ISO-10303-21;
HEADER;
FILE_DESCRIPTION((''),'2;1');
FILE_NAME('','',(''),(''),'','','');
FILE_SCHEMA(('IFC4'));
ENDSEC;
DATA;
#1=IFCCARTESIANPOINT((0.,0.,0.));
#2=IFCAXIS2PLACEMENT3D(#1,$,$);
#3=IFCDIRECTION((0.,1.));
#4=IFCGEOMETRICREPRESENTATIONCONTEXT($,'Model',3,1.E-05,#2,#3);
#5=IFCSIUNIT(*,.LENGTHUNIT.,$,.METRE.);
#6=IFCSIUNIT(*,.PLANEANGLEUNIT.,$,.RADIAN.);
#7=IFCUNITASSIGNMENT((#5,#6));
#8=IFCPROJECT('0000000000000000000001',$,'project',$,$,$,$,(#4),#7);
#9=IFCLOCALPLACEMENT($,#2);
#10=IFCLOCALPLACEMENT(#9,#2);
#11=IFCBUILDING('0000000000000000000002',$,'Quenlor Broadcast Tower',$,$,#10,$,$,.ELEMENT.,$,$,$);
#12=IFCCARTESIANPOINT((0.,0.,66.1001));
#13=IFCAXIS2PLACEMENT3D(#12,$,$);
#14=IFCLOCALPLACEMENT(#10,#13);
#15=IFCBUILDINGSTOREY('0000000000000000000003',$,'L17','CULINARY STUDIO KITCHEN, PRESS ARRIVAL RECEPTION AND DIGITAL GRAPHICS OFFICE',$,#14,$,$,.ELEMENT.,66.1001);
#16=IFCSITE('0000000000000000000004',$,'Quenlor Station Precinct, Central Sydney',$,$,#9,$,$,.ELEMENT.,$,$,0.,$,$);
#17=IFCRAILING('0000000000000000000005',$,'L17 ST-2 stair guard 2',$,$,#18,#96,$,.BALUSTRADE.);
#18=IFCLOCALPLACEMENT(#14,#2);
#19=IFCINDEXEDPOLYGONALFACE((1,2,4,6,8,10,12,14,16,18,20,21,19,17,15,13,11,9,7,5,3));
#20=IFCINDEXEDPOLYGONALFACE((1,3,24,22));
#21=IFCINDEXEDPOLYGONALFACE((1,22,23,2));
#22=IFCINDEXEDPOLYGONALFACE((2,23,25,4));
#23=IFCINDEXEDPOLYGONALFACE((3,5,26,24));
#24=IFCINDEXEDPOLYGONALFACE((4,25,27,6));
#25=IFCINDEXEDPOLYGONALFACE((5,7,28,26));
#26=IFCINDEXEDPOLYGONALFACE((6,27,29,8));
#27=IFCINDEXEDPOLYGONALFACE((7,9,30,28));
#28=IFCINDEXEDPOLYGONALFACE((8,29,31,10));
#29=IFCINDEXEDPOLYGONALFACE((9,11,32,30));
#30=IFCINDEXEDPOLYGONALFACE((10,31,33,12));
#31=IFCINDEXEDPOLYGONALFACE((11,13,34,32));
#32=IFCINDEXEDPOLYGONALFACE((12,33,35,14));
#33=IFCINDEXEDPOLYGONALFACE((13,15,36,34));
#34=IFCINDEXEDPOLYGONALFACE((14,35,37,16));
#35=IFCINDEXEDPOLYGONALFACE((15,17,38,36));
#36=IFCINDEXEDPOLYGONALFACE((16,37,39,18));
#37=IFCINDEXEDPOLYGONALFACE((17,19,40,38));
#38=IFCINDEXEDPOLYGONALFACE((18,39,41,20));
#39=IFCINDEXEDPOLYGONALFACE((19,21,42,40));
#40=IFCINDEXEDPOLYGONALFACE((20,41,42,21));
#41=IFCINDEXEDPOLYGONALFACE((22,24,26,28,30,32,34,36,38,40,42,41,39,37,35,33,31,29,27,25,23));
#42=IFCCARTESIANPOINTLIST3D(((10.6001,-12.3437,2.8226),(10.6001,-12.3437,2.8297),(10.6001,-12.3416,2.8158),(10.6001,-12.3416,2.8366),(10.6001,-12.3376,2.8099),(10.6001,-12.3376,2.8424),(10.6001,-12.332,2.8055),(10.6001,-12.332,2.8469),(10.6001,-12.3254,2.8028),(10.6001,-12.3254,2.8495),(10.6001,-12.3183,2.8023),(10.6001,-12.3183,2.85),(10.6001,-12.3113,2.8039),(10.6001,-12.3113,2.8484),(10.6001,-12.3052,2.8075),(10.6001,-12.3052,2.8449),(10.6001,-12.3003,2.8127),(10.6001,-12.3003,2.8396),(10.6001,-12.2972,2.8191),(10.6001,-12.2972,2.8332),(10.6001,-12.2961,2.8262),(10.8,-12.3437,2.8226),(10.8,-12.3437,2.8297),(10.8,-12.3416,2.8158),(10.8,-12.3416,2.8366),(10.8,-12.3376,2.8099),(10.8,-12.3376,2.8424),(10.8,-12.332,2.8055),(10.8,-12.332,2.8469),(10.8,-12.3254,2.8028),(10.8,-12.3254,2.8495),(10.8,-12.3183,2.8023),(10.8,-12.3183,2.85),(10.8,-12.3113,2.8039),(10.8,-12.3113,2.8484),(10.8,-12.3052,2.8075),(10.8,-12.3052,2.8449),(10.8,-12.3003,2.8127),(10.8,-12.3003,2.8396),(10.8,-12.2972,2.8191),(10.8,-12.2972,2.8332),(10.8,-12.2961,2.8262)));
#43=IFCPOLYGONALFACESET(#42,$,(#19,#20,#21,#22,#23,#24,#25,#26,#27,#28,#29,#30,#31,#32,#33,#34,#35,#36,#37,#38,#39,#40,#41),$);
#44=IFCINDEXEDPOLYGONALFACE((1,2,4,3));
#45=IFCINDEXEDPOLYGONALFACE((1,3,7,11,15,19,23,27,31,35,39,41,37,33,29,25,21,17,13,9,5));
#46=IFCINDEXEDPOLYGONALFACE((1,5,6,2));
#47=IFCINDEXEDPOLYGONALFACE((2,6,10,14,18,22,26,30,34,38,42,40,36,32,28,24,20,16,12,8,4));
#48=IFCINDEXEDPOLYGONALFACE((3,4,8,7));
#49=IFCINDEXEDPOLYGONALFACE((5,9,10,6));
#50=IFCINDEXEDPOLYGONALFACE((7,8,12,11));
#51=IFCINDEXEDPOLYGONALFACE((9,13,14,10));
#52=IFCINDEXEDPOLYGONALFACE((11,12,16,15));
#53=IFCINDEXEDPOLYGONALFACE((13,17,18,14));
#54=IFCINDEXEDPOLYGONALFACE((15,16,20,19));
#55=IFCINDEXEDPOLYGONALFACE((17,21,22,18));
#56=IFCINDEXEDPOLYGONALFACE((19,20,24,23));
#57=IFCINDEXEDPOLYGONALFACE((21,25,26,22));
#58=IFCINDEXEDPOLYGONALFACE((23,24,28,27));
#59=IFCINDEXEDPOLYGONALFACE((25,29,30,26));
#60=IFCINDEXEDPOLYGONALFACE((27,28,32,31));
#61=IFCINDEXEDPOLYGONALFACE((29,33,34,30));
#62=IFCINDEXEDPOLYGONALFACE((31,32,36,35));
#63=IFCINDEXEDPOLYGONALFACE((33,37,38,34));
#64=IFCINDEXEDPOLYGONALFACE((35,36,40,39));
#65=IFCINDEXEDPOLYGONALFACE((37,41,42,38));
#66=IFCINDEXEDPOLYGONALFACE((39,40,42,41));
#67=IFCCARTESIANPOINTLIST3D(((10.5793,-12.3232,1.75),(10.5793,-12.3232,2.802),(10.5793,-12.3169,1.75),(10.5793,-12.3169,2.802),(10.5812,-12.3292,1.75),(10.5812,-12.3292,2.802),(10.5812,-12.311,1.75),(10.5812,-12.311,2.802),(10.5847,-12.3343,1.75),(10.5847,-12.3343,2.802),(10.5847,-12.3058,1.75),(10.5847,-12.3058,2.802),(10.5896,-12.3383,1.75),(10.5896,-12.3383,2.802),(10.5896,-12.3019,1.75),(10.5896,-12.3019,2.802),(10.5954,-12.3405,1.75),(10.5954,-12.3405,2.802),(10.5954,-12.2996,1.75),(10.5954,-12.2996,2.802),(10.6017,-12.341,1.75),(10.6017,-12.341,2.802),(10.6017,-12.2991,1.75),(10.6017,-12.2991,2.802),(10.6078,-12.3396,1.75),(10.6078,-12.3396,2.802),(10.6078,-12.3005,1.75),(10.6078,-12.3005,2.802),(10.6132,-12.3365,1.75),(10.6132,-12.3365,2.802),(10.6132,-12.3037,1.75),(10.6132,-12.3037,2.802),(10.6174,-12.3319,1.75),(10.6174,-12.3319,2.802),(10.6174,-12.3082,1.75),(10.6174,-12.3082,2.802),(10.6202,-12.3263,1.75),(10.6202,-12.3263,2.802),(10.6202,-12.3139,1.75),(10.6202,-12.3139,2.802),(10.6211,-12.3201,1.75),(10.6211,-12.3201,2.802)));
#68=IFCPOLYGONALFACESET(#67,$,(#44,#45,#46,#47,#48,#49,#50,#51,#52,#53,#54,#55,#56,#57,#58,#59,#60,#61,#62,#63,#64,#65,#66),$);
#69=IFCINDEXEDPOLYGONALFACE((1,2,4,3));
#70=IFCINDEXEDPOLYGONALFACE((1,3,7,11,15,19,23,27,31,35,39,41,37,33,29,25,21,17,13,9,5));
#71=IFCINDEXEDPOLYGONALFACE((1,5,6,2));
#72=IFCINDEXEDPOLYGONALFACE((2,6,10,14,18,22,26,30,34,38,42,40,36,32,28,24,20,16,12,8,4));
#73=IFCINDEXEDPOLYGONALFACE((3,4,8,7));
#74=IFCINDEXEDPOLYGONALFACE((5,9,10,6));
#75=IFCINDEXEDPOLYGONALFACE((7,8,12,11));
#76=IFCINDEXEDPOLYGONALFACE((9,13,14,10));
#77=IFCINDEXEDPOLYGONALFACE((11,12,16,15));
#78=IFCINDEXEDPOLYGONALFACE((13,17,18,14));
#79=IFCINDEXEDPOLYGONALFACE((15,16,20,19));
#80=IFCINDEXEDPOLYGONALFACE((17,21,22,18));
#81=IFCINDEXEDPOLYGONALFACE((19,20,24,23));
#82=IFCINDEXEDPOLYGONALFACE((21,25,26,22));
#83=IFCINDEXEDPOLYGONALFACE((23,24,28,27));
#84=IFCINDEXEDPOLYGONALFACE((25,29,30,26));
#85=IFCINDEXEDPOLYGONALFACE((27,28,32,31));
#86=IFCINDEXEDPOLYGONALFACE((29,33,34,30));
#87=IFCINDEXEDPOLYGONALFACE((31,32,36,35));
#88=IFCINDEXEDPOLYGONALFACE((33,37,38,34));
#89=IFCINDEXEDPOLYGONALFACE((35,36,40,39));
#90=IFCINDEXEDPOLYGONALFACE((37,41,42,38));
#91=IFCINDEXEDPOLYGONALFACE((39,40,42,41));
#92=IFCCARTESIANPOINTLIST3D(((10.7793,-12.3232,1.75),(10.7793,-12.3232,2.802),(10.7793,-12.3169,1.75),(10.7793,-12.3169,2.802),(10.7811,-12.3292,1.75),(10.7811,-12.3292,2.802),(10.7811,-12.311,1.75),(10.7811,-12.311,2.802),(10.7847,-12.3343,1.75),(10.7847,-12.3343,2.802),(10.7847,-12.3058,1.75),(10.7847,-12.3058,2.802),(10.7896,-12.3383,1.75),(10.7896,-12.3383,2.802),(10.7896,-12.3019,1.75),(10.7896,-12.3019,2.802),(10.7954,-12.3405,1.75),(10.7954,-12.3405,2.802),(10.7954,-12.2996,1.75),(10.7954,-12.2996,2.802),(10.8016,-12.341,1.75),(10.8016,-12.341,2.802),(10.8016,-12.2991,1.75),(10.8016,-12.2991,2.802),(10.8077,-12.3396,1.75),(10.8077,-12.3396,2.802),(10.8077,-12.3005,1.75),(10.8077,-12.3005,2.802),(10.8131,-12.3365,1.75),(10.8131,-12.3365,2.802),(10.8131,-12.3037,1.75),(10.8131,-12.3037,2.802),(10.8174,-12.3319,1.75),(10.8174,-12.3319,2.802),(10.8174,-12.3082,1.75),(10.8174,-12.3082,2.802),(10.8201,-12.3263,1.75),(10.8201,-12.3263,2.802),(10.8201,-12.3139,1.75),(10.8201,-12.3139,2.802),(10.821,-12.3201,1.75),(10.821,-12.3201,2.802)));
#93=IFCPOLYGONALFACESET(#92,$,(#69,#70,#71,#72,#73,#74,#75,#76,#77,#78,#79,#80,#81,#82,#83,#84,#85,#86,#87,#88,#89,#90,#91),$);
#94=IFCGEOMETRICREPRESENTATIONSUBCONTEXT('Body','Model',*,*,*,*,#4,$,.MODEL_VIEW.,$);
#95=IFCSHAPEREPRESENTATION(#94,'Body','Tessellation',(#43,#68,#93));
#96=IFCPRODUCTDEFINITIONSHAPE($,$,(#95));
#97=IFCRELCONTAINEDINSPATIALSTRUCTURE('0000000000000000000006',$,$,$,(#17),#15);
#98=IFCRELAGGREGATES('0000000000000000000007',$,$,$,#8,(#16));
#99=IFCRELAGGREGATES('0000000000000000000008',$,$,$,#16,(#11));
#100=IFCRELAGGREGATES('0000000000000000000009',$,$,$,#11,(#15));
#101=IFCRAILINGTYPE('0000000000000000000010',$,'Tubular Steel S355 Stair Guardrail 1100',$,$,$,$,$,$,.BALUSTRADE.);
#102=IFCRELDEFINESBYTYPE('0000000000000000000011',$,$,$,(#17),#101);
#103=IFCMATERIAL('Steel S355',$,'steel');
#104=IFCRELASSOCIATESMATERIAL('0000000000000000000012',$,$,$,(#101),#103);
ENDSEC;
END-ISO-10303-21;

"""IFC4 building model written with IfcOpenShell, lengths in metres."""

from ifc_helpers import new_model, si_unit, direction, frame, origin, origin_2d, place, context, subcontext, project, spatial, circle, extrude, material, type_object, element, save


model = new_model("IFC4")

# Units and contexts
model_context = context("Model", 3, precision=1e-05, world=origin(), true_north=direction((0.0, 1.0)))
body_context = subcontext(model_context, "Body", "Model", "MODEL_VIEW")
ifc_project = project(units=[si_unit("LENGTHUNIT", "METRE"), si_unit("PLANEANGLEUNIT", "RADIAN")], contexts=[model_context])

# Site, building, storey
site_placement = place(None, origin())
site = spatial("IfcSite", under=ifc_project, at=site_placement, Name="Quenlor Station Precinct, Central Sydney", CompositionType="ELEMENT", RefElevation=0.0)
building_placement = place(site_placement, origin())
building = spatial("IfcBuilding", under=site, at=building_placement, Name="Quenlor Broadcast Tower", CompositionType="ELEMENT")
storey_placement = place(building_placement, frame((0.0, 0.0, 66.1001)))
storey = spatial("IfcBuildingStorey", under=building, at=storey_placement, Name="L17", Description="CULINARY STUDIO KITCHEN, PRESS ARRIVAL RECEPTION AND DIGITAL GRAPHICS OFFICE", CompositionType="ELEMENT", Elevation=66.1001)

# Railing
ifc_material_1 = material(Name="Steel S355", Category="steel")
railing_type_1 = type_object("IfcRailingType", Name="Tubular Steel S355 Stair Guardrail 1100", PredefinedType="BALUSTRADE", material=ifc_material_1)
railing_1_placement = place(storey_placement, frame((10.6001, -12.3201, 1.75)))
element("IfcRailing", 1, at=railing_1_placement, inside=storey, type_object=railing_type_1, Name="L17 ST-2 stair guard 2", PredefinedType="BALUSTRADE", context=body_context, shape_type="SweptSolid", body=[
    extrude(circle(Radius=0.0239, at=origin_2d()), frame((0.0, 0.0, 1.0762), z_axis=(1.0, 0.0, 0.0), x_axis=(0.0, 1.0, 0.0)), (0.0, 0.0, 1.0), 0.2),
    extrude(circle(Radius=0.021, at=origin_2d()), origin(), (0.0, 0.0, 1.0), 1.052),
    extrude(circle(Radius=0.021, at=origin_2d()), frame((0.2, 0.0, 0.0)), (0.0, 0.0, 1.0), 1.052),
])

save(model, "model.ifc")
